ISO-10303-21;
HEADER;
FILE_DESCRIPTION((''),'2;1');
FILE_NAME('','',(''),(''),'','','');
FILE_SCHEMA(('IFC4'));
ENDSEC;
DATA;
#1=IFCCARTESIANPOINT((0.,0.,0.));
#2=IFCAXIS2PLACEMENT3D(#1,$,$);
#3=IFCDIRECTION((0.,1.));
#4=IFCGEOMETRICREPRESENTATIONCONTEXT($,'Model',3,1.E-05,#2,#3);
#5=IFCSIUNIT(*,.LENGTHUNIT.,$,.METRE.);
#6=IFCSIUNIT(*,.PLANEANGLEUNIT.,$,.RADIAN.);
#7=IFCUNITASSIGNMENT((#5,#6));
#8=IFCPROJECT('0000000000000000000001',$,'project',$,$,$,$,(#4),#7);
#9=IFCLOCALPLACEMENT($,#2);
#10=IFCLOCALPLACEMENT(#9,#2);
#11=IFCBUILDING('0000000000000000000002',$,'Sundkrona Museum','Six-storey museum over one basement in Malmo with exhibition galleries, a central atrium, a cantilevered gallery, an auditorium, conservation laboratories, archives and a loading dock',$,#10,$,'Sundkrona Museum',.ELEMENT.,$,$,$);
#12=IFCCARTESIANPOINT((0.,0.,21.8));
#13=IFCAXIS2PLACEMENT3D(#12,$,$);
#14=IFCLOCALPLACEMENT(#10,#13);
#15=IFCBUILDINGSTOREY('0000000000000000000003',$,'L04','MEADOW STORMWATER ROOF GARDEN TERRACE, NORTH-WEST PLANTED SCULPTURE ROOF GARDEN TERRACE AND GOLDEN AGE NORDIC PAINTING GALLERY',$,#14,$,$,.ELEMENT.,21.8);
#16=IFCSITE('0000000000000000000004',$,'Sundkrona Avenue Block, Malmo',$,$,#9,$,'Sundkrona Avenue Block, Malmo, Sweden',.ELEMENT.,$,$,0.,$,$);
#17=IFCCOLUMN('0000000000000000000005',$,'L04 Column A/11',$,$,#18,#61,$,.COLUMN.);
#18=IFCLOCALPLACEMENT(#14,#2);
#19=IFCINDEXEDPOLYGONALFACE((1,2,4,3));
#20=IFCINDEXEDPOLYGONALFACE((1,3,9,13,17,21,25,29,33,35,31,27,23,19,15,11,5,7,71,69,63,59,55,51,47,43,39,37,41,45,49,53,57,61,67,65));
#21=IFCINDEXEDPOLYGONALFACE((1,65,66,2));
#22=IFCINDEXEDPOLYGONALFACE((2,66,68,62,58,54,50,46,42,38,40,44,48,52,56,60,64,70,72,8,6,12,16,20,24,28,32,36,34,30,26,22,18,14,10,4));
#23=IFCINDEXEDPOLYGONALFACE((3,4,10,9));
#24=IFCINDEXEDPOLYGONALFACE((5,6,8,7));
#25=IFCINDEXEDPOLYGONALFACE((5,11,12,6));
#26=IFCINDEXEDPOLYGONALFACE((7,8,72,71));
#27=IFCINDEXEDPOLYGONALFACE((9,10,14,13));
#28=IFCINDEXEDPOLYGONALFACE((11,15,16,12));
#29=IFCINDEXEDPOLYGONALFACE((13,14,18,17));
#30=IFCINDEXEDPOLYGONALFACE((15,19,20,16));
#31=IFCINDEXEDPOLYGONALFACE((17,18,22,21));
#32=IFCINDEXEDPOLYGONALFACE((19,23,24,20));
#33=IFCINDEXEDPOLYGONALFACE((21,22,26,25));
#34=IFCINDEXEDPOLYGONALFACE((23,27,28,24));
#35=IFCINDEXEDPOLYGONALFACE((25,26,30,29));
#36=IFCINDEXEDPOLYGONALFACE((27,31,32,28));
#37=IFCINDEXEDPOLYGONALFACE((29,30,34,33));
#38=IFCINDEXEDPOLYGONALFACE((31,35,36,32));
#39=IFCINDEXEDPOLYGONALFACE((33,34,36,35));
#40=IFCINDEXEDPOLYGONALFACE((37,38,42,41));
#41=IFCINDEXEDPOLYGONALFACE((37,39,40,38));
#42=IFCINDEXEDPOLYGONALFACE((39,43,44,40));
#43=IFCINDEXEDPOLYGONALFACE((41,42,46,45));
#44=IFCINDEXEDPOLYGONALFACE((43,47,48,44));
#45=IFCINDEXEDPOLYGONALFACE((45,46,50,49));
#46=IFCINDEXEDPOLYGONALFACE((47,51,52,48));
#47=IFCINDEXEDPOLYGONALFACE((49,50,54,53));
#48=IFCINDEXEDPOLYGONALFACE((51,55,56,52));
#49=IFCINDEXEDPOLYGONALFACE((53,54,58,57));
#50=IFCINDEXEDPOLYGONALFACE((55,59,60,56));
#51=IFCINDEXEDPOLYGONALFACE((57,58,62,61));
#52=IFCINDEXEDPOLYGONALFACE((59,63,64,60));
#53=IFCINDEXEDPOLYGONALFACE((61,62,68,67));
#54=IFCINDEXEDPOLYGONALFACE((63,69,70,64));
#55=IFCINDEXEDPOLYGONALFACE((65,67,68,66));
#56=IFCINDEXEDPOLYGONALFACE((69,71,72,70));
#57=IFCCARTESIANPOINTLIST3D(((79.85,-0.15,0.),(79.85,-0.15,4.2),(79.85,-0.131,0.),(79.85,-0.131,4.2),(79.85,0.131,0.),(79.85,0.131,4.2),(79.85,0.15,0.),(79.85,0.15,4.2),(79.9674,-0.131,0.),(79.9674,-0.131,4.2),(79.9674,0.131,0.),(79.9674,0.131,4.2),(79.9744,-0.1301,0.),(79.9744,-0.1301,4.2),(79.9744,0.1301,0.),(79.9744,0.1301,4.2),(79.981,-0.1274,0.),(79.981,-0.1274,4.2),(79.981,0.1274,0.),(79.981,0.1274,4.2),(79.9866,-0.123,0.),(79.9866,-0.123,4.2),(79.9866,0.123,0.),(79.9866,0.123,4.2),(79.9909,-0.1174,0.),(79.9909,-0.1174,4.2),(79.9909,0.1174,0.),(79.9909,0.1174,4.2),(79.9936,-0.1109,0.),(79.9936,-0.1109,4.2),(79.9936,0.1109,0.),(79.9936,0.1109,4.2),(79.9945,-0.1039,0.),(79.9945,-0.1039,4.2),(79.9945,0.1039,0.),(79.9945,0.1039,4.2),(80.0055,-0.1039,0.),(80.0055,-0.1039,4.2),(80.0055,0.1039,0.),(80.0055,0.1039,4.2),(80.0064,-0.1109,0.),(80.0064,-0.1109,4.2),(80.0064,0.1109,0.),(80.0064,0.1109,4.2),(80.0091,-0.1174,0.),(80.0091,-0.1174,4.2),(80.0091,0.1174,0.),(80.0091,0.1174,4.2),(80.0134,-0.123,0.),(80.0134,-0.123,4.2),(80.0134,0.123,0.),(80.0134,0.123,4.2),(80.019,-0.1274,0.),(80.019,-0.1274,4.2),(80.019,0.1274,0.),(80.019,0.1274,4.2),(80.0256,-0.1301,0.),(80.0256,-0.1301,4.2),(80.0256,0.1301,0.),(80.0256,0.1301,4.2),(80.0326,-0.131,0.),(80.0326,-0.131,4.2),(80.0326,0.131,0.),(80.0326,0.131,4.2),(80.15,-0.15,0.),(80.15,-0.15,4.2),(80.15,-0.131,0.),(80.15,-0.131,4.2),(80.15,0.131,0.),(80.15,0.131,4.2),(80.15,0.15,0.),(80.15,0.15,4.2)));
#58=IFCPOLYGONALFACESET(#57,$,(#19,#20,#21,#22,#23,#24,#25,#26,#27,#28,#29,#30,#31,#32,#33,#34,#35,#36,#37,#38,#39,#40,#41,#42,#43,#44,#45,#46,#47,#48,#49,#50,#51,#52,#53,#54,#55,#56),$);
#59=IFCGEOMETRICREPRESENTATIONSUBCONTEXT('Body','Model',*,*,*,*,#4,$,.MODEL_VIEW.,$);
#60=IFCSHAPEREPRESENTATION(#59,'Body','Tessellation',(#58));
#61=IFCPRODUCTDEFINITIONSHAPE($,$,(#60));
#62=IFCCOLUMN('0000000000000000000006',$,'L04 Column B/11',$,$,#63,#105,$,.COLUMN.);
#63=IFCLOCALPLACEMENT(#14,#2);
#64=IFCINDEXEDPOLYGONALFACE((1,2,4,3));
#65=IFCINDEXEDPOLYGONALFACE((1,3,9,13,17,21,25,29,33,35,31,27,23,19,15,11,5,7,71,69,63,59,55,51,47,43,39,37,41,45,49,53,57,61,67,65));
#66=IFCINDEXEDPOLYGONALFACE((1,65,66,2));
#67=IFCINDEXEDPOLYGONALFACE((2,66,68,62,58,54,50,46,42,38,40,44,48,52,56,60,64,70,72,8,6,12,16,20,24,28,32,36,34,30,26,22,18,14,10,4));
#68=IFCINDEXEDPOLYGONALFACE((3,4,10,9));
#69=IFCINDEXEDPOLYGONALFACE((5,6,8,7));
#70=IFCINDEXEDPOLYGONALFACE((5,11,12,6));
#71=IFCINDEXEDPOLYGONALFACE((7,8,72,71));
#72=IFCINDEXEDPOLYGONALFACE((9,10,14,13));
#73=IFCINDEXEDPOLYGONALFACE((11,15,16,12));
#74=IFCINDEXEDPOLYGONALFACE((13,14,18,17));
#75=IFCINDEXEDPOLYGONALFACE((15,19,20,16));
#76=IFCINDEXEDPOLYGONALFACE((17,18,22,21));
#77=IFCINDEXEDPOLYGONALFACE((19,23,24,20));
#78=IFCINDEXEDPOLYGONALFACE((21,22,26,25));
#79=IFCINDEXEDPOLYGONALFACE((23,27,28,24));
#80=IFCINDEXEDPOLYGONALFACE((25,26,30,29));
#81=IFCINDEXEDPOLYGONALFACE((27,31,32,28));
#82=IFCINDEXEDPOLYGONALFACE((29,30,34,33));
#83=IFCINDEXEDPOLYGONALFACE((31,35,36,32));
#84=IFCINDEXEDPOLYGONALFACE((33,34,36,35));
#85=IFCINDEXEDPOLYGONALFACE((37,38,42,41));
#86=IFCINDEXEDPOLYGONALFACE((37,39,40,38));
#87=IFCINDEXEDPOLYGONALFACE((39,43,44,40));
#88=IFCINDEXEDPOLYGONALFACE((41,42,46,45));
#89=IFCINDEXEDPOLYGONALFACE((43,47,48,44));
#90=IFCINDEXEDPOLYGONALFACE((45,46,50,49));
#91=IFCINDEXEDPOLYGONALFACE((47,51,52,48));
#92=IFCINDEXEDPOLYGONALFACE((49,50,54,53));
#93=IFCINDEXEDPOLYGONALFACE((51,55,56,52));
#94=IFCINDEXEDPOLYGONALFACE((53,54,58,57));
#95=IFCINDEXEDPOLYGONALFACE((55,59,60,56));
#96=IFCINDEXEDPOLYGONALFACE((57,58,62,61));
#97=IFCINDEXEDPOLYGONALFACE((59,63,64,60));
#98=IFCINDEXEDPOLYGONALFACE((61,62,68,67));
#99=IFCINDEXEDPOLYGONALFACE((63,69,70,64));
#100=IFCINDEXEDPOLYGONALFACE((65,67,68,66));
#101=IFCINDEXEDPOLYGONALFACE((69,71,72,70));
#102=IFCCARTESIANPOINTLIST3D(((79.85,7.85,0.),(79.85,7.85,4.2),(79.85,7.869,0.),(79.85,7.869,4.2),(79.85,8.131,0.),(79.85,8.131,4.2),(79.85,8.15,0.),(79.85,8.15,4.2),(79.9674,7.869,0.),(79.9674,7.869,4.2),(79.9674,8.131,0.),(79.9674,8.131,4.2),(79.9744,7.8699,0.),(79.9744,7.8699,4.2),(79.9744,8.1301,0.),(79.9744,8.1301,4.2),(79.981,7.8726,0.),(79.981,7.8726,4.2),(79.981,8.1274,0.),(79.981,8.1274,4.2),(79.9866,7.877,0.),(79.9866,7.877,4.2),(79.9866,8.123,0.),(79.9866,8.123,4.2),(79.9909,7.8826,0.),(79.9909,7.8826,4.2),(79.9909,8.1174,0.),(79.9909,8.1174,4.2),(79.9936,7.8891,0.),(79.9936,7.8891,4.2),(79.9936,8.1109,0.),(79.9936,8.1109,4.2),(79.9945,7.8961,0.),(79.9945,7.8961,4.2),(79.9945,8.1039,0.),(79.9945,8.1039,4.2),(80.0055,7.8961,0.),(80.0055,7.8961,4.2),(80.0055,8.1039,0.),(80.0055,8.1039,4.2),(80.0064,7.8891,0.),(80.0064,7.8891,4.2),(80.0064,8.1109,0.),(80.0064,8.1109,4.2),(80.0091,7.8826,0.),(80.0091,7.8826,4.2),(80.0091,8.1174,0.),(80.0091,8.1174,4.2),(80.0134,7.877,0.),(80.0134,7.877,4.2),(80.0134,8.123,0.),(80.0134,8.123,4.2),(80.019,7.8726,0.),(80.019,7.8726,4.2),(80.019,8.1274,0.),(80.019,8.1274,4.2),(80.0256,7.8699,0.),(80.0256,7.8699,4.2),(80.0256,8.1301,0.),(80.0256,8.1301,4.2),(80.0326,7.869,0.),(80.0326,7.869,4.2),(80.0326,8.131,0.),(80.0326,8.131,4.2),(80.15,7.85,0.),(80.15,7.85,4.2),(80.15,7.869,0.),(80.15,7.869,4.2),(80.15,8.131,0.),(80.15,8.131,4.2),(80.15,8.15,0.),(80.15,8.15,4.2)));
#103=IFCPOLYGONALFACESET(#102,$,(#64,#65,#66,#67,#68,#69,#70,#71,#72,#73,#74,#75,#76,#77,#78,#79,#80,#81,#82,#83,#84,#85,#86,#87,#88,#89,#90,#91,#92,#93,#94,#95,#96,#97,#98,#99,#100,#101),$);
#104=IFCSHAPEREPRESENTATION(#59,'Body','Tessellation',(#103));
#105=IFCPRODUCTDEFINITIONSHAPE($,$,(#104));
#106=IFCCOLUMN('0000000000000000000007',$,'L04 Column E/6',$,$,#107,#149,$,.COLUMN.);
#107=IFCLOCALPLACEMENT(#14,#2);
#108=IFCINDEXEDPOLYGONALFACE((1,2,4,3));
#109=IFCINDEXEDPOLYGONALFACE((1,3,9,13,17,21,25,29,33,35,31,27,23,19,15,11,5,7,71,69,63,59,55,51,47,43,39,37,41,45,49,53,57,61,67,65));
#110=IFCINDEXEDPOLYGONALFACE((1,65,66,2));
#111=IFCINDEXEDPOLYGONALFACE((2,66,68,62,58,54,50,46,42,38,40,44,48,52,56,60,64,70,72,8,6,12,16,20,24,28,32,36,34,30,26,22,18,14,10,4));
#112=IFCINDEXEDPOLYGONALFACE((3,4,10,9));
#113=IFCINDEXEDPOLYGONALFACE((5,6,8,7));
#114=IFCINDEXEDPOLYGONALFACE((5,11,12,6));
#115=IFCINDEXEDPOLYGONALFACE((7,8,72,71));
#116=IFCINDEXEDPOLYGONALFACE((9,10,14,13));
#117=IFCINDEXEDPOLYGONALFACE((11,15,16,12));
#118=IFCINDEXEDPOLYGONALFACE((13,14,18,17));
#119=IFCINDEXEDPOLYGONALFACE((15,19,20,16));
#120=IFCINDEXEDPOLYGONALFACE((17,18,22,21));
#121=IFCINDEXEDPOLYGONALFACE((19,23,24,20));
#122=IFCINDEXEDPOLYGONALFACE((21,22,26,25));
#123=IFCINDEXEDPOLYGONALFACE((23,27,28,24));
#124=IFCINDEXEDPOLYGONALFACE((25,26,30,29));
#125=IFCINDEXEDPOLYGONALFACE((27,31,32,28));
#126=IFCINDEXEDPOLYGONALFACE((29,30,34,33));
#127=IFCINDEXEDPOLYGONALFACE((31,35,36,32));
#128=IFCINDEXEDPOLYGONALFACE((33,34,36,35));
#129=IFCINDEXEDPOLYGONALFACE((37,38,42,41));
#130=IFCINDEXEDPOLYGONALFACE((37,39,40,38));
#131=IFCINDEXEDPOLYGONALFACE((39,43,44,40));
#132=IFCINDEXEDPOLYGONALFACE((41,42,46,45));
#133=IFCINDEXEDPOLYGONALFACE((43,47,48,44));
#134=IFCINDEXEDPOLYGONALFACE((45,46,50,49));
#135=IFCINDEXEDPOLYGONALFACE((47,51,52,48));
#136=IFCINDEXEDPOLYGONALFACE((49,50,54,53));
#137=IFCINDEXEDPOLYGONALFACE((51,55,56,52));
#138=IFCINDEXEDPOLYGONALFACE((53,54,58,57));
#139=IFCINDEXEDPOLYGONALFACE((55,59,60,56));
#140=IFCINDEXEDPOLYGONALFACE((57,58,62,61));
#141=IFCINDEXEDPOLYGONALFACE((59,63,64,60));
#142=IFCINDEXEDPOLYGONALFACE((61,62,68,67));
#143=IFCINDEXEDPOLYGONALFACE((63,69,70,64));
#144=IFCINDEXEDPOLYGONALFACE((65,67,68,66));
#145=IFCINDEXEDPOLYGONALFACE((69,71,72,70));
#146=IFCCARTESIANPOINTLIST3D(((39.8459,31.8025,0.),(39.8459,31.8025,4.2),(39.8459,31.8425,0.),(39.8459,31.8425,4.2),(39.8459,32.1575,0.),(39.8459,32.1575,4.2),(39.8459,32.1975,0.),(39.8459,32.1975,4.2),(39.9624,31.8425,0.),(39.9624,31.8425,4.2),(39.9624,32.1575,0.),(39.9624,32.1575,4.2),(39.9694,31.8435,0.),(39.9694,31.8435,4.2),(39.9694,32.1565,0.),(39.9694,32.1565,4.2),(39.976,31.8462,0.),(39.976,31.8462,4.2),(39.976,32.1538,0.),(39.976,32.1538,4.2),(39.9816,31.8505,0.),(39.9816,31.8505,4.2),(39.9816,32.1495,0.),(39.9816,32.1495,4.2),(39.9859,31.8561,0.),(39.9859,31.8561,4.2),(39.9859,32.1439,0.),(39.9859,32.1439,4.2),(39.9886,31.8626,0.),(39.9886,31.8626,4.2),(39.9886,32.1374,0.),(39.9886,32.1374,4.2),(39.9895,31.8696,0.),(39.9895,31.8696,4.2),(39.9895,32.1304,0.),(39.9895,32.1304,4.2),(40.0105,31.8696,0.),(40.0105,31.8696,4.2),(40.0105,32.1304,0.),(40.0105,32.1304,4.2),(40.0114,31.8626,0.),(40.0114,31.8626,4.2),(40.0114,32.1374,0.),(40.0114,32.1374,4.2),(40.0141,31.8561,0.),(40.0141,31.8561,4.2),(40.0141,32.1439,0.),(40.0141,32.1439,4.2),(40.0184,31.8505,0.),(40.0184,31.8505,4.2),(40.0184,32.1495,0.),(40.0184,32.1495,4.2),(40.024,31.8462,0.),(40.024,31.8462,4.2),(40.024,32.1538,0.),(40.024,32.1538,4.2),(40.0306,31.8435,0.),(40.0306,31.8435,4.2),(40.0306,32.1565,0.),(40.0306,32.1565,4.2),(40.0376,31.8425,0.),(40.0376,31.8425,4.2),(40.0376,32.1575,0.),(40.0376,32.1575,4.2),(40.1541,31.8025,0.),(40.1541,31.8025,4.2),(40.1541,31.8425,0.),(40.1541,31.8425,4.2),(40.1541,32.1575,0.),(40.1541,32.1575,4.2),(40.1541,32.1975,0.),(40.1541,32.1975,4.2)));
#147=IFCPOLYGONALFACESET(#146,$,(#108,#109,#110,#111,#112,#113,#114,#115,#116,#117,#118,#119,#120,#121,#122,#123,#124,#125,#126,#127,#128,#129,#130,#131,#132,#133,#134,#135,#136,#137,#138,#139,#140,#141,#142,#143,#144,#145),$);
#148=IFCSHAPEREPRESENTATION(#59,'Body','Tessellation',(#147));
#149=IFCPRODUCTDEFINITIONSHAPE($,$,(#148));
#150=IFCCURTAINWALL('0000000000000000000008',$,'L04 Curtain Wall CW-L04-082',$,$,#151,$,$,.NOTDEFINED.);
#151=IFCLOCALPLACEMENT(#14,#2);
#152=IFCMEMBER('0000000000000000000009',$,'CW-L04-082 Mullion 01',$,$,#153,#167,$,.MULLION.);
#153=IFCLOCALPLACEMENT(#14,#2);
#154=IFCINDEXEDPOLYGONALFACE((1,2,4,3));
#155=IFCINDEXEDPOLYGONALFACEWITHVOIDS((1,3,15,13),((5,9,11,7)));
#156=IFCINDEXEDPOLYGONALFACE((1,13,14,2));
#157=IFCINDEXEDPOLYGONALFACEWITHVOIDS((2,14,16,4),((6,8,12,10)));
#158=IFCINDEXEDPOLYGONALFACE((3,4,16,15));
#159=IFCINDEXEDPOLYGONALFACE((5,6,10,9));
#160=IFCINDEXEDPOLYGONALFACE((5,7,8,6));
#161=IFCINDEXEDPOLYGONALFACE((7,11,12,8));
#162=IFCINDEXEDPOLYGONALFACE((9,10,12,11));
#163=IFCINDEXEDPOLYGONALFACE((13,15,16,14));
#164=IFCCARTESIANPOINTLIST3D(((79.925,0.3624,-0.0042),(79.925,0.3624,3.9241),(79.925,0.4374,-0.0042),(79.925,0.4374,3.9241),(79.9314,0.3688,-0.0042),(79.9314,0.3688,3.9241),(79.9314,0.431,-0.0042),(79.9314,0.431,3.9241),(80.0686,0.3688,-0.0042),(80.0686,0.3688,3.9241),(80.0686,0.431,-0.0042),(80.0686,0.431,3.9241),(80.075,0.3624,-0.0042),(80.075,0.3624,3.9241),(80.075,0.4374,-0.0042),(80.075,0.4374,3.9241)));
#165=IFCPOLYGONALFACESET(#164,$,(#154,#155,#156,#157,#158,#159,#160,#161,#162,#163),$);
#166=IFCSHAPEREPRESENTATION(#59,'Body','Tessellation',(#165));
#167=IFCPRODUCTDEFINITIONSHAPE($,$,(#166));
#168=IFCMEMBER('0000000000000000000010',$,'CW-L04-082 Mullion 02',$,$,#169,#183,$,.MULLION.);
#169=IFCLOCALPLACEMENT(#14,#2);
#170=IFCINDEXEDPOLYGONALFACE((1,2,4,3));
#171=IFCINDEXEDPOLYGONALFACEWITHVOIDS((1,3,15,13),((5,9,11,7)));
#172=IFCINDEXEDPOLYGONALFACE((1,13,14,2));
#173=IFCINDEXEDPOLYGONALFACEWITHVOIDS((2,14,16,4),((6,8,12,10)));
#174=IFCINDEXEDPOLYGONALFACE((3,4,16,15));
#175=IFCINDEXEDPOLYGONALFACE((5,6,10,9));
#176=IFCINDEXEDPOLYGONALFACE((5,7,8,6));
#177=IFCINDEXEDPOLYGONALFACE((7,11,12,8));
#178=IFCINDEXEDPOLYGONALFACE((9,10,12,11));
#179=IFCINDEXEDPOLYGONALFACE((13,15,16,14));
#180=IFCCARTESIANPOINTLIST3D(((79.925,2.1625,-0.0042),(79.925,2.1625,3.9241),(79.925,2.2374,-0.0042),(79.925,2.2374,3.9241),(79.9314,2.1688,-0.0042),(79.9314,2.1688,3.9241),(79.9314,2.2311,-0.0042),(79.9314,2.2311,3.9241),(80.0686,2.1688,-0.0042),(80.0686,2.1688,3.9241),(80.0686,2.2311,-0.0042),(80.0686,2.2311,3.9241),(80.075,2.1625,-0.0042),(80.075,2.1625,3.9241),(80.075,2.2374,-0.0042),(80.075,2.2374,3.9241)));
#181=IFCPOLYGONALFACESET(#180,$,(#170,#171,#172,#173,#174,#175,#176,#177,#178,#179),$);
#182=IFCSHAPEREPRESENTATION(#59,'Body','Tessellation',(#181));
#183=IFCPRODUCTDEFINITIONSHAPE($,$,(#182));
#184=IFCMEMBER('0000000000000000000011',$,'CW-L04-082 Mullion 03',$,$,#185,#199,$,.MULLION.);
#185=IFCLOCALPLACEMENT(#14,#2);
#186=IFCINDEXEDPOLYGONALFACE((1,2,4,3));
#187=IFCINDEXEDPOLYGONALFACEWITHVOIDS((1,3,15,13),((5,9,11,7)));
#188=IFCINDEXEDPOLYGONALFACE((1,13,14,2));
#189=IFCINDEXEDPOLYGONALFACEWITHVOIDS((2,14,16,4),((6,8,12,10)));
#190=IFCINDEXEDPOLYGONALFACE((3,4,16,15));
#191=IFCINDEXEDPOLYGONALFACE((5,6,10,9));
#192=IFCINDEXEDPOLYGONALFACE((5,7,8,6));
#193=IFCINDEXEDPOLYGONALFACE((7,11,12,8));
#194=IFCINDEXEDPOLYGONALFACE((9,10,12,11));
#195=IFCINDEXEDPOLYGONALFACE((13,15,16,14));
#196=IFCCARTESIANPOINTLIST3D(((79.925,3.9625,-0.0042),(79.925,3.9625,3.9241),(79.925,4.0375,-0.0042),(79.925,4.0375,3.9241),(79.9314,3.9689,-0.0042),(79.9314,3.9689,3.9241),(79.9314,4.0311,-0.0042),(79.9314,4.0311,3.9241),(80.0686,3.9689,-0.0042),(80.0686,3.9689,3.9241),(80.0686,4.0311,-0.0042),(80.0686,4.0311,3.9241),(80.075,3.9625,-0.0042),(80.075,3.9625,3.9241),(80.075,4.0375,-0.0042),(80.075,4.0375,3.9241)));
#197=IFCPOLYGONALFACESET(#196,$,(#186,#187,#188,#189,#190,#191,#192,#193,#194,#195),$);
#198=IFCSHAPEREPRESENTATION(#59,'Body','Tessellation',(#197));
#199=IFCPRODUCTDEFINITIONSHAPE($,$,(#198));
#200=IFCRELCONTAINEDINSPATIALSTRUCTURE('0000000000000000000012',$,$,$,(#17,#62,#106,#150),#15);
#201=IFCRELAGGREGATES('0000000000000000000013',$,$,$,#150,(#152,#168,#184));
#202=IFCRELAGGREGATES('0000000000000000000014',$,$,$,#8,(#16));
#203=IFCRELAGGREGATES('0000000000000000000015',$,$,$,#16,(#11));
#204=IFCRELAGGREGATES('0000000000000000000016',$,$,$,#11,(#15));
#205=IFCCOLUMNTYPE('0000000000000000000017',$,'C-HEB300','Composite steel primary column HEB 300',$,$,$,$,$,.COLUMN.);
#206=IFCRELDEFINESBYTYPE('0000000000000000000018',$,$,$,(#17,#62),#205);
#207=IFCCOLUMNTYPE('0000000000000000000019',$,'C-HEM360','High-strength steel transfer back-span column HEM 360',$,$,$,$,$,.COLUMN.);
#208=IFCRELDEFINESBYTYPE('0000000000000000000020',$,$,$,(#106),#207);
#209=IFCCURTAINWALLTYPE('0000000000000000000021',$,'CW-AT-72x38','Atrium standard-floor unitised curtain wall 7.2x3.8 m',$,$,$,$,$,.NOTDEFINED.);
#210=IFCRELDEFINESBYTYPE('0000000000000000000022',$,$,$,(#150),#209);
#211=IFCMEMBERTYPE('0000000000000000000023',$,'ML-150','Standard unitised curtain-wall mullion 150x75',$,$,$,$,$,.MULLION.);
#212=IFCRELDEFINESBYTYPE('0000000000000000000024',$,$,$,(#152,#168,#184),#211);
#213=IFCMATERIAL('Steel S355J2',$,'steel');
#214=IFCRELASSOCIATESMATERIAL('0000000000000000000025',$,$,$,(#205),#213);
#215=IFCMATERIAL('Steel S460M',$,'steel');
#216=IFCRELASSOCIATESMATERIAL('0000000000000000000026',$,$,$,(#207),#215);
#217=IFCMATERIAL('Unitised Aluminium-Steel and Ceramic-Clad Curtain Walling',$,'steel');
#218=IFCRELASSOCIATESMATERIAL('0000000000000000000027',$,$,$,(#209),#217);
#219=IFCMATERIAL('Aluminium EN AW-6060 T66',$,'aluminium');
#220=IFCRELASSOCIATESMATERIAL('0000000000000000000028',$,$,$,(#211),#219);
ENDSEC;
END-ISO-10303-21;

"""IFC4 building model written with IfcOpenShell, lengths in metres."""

from ifc_helpers import new_model, si_unit, direction, frame, origin, origin_2d, place, context, subcontext, project, spatial, hollow_rectangle, i_section, extrude, material, material_profile, profile_set, type_object, element, aggregate, save


model = new_model("IFC4")

# Units and contexts
model_context = context("Model", 3, precision=1e-05, world=origin(), true_north=direction((0.0, 1.0)))
body_context = subcontext(model_context, "Body", "Model", "MODEL_VIEW")
ifc_project = project(units=[si_unit("LENGTHUNIT", "METRE"), si_unit("PLANEANGLEUNIT", "RADIAN")], contexts=[model_context])

# Site, building, storey
site_placement = place(None, origin())
site = spatial("IfcSite", under=ifc_project, at=site_placement, Name="Sundkrona Avenue Block, Malmo", LongName="Sundkrona Avenue Block, Malmo, Sweden", CompositionType="ELEMENT", RefElevation=0.0)
building_placement = place(site_placement, origin())
building = spatial("IfcBuilding", under=site, at=building_placement, Name="Sundkrona Museum", Description="Six-storey museum over one basement in Malmo with exhibition galleries, a central atrium, a cantilevered gallery, an auditorium, conservation laboratories, archives and a loading dock", LongName="Sundkrona Museum", CompositionType="ELEMENT")
storey_placement = place(building_placement, frame((0.0, 0.0, 21.8)))
storey = spatial("IfcBuildingStorey", under=building, at=storey_placement, Name="L04", Description="MEADOW STORMWATER ROOF GARDEN TERRACE, NORTH-WEST PLANTED SCULPTURE ROOF GARDEN TERRACE AND GOLDEN AGE NORDIC PAINTING GALLERY", CompositionType="ELEMENT", Elevation=21.8)

# Columns
ifc_material_1 = material(Name="Steel S355J2", Category="steel")
ifc_material_profile_1 = material_profile(ifc_material_1, i_section(OverallWidth=0.3, OverallDepth=0.3, WebThickness=0.011, FlangeThickness=0.019, FilletRadius=0.0271, at=origin_2d()), Name="HEB 300")
ifc_profile_set_1 = profile_set([ifc_material_profile_1], Name="Steel S355J2")
column_type_1 = type_object("IfcColumnType", Name="C-HEB300", Description="Composite steel primary column HEB 300", PredefinedType="COLUMN", material=ifc_profile_set_1)
for number, where, z_axis, x_axis, name in (
    (1, (80.0, 0.0, 0.0), (0.0, 0.0, 1.0), (1.0, 0.0, 0.0), "L04 Column A/11"),
    (2, (80.0, 8.0, 0.0), (0.0, 0.0, 1.0), (1.0, 0.0, 0.0), "L04 Column B/11"),
):
    element("IfcColumn", number, at=place(storey_placement, frame(where, z_axis=z_axis, x_axis=x_axis)), inside=storey, type_object=column_type_1, Name=name, PredefinedType="COLUMN", context=body_context, shape_type="SweptSolid", body=[
        extrude(i_section(OverallWidth=0.3, OverallDepth=0.3, WebThickness=0.011, FlangeThickness=0.019, FilletRadius=0.0271, at=origin_2d()), origin(), (0.0, 0.0, 1.0), 4.2),
    ])
ifc_material_2 = material(Name="Steel S460M", Category="steel")
ifc_material_profile_2 = material_profile(ifc_material_2, i_section(OverallWidth=0.3081, OverallDepth=0.395, WebThickness=0.021, FlangeThickness=0.04, FilletRadius=0.0271, at=origin_2d()), Name="HEM 360")
ifc_profile_set_2 = profile_set([ifc_material_profile_2], Name="Steel S460M")
column_type_2 = type_object("IfcColumnType", Name="C-HEM360", Description="High-strength steel transfer back-span column HEM 360", PredefinedType="COLUMN", material=ifc_profile_set_2)
column_placement = place(storey_placement, frame((40.0, 32.0, 0.0), z_axis=(0.0, 0.0, 1.0), x_axis=(1.0, 0.0, 0.0)))
element("IfcColumn", 3, at=column_placement, inside=storey, type_object=column_type_2, Name="L04 Column E/6", PredefinedType="COLUMN", context=body_context, shape_type="SweptSolid", body=[
    extrude(i_section(OverallWidth=0.3081, OverallDepth=0.395, WebThickness=0.021, FlangeThickness=0.04, FilletRadius=0.0271, at=origin_2d()), origin(), (0.0, 0.0, 1.0), 4.2),
])

# Curtain wall, members
ifc_material_3 = material(Name="Unitised Aluminium-Steel and Ceramic-Clad Curtain Walling", Category="steel")
curtain_wall_type = type_object("IfcCurtainWallType", Name="CW-AT-72x38", Description="Atrium standard-floor unitised curtain wall 7.2x3.8 m", PredefinedType="NOTDEFINED", material=ifc_material_3)
curtain_wall_1_placement = place(storey_placement, origin())
curtain_wall_1 = element("IfcCurtainWall", 4, at=curtain_wall_1_placement, inside=storey, type_object=curtain_wall_type, Name="L04 Curtain Wall CW-L04-082", PredefinedType="NOTDEFINED")
ifc_material_4 = material(Name="Aluminium EN AW-6060 T66", Category="aluminium")
ifc_material_profile_3 = material_profile(ifc_material_4, hollow_rectangle(XDim=0.075, YDim=0.1499, WallThickness=0.0063, at=origin_2d()), Name="RHS 150x75x6.3")
ifc_profile_set_3 = profile_set([ifc_material_profile_3], Name="Aluminium EN AW-6060 T66")
member_type_1 = type_object("IfcMemberType", Name="ML-150", Description="Standard unitised curtain-wall mullion 150x75", PredefinedType="MULLION", material=ifc_profile_set_3)
member_1_placement = place(storey_placement, frame((80.0, 0.3999, -0.0042), z_axis=(0.0, 0.0, 1.0), x_axis=(0.0, 1.0, 0.0)))
member_1 = element("IfcMember", 5, at=member_1_placement, type_object=member_type_1, Name="CW-L04-082 Mullion 01", PredefinedType="MULLION", context=body_context, shape_type="SweptSolid", body=[
    extrude(hollow_rectangle(XDim=0.075, YDim=0.1499, WallThickness=0.0063, at=origin_2d()), origin(), (0.0, 0.0, 1.0), 3.9282),
])
member_2_placement = place(storey_placement, frame((80.0, 2.2, -0.0042), z_axis=(0.0, 0.0, 1.0), x_axis=(0.0, 1.0, 0.0)))
member_2 = element("IfcMember", 6, at=member_2_placement, type_object=member_type_1, Name="CW-L04-082 Mullion 02", PredefinedType="MULLION", context=body_context, shape_type="SweptSolid", body=[
    extrude(hollow_rectangle(XDim=0.075, YDim=0.1499, WallThickness=0.0063, at=origin_2d()), origin(), (0.0, 0.0, 1.0), 3.9282),
])
member_3_placement = place(storey_placement, frame((80.0, 4.0, -0.0042), z_axis=(0.0, 0.0, 1.0), x_axis=(0.0, 1.0, 0.0)))
member_3 = element("IfcMember", 7, at=member_3_placement, type_object=member_type_1, Name="CW-L04-082 Mullion 03", PredefinedType="MULLION", context=body_context, shape_type="SweptSolid", body=[
    extrude(hollow_rectangle(XDim=0.075, YDim=0.1499, WallThickness=0.0063, at=origin_2d()), origin(), (0.0, 0.0, 1.0), 3.9282),
])

aggregate(curtain_wall_1, [member_1, member_2, member_3])

save(model, "model.ifc")
